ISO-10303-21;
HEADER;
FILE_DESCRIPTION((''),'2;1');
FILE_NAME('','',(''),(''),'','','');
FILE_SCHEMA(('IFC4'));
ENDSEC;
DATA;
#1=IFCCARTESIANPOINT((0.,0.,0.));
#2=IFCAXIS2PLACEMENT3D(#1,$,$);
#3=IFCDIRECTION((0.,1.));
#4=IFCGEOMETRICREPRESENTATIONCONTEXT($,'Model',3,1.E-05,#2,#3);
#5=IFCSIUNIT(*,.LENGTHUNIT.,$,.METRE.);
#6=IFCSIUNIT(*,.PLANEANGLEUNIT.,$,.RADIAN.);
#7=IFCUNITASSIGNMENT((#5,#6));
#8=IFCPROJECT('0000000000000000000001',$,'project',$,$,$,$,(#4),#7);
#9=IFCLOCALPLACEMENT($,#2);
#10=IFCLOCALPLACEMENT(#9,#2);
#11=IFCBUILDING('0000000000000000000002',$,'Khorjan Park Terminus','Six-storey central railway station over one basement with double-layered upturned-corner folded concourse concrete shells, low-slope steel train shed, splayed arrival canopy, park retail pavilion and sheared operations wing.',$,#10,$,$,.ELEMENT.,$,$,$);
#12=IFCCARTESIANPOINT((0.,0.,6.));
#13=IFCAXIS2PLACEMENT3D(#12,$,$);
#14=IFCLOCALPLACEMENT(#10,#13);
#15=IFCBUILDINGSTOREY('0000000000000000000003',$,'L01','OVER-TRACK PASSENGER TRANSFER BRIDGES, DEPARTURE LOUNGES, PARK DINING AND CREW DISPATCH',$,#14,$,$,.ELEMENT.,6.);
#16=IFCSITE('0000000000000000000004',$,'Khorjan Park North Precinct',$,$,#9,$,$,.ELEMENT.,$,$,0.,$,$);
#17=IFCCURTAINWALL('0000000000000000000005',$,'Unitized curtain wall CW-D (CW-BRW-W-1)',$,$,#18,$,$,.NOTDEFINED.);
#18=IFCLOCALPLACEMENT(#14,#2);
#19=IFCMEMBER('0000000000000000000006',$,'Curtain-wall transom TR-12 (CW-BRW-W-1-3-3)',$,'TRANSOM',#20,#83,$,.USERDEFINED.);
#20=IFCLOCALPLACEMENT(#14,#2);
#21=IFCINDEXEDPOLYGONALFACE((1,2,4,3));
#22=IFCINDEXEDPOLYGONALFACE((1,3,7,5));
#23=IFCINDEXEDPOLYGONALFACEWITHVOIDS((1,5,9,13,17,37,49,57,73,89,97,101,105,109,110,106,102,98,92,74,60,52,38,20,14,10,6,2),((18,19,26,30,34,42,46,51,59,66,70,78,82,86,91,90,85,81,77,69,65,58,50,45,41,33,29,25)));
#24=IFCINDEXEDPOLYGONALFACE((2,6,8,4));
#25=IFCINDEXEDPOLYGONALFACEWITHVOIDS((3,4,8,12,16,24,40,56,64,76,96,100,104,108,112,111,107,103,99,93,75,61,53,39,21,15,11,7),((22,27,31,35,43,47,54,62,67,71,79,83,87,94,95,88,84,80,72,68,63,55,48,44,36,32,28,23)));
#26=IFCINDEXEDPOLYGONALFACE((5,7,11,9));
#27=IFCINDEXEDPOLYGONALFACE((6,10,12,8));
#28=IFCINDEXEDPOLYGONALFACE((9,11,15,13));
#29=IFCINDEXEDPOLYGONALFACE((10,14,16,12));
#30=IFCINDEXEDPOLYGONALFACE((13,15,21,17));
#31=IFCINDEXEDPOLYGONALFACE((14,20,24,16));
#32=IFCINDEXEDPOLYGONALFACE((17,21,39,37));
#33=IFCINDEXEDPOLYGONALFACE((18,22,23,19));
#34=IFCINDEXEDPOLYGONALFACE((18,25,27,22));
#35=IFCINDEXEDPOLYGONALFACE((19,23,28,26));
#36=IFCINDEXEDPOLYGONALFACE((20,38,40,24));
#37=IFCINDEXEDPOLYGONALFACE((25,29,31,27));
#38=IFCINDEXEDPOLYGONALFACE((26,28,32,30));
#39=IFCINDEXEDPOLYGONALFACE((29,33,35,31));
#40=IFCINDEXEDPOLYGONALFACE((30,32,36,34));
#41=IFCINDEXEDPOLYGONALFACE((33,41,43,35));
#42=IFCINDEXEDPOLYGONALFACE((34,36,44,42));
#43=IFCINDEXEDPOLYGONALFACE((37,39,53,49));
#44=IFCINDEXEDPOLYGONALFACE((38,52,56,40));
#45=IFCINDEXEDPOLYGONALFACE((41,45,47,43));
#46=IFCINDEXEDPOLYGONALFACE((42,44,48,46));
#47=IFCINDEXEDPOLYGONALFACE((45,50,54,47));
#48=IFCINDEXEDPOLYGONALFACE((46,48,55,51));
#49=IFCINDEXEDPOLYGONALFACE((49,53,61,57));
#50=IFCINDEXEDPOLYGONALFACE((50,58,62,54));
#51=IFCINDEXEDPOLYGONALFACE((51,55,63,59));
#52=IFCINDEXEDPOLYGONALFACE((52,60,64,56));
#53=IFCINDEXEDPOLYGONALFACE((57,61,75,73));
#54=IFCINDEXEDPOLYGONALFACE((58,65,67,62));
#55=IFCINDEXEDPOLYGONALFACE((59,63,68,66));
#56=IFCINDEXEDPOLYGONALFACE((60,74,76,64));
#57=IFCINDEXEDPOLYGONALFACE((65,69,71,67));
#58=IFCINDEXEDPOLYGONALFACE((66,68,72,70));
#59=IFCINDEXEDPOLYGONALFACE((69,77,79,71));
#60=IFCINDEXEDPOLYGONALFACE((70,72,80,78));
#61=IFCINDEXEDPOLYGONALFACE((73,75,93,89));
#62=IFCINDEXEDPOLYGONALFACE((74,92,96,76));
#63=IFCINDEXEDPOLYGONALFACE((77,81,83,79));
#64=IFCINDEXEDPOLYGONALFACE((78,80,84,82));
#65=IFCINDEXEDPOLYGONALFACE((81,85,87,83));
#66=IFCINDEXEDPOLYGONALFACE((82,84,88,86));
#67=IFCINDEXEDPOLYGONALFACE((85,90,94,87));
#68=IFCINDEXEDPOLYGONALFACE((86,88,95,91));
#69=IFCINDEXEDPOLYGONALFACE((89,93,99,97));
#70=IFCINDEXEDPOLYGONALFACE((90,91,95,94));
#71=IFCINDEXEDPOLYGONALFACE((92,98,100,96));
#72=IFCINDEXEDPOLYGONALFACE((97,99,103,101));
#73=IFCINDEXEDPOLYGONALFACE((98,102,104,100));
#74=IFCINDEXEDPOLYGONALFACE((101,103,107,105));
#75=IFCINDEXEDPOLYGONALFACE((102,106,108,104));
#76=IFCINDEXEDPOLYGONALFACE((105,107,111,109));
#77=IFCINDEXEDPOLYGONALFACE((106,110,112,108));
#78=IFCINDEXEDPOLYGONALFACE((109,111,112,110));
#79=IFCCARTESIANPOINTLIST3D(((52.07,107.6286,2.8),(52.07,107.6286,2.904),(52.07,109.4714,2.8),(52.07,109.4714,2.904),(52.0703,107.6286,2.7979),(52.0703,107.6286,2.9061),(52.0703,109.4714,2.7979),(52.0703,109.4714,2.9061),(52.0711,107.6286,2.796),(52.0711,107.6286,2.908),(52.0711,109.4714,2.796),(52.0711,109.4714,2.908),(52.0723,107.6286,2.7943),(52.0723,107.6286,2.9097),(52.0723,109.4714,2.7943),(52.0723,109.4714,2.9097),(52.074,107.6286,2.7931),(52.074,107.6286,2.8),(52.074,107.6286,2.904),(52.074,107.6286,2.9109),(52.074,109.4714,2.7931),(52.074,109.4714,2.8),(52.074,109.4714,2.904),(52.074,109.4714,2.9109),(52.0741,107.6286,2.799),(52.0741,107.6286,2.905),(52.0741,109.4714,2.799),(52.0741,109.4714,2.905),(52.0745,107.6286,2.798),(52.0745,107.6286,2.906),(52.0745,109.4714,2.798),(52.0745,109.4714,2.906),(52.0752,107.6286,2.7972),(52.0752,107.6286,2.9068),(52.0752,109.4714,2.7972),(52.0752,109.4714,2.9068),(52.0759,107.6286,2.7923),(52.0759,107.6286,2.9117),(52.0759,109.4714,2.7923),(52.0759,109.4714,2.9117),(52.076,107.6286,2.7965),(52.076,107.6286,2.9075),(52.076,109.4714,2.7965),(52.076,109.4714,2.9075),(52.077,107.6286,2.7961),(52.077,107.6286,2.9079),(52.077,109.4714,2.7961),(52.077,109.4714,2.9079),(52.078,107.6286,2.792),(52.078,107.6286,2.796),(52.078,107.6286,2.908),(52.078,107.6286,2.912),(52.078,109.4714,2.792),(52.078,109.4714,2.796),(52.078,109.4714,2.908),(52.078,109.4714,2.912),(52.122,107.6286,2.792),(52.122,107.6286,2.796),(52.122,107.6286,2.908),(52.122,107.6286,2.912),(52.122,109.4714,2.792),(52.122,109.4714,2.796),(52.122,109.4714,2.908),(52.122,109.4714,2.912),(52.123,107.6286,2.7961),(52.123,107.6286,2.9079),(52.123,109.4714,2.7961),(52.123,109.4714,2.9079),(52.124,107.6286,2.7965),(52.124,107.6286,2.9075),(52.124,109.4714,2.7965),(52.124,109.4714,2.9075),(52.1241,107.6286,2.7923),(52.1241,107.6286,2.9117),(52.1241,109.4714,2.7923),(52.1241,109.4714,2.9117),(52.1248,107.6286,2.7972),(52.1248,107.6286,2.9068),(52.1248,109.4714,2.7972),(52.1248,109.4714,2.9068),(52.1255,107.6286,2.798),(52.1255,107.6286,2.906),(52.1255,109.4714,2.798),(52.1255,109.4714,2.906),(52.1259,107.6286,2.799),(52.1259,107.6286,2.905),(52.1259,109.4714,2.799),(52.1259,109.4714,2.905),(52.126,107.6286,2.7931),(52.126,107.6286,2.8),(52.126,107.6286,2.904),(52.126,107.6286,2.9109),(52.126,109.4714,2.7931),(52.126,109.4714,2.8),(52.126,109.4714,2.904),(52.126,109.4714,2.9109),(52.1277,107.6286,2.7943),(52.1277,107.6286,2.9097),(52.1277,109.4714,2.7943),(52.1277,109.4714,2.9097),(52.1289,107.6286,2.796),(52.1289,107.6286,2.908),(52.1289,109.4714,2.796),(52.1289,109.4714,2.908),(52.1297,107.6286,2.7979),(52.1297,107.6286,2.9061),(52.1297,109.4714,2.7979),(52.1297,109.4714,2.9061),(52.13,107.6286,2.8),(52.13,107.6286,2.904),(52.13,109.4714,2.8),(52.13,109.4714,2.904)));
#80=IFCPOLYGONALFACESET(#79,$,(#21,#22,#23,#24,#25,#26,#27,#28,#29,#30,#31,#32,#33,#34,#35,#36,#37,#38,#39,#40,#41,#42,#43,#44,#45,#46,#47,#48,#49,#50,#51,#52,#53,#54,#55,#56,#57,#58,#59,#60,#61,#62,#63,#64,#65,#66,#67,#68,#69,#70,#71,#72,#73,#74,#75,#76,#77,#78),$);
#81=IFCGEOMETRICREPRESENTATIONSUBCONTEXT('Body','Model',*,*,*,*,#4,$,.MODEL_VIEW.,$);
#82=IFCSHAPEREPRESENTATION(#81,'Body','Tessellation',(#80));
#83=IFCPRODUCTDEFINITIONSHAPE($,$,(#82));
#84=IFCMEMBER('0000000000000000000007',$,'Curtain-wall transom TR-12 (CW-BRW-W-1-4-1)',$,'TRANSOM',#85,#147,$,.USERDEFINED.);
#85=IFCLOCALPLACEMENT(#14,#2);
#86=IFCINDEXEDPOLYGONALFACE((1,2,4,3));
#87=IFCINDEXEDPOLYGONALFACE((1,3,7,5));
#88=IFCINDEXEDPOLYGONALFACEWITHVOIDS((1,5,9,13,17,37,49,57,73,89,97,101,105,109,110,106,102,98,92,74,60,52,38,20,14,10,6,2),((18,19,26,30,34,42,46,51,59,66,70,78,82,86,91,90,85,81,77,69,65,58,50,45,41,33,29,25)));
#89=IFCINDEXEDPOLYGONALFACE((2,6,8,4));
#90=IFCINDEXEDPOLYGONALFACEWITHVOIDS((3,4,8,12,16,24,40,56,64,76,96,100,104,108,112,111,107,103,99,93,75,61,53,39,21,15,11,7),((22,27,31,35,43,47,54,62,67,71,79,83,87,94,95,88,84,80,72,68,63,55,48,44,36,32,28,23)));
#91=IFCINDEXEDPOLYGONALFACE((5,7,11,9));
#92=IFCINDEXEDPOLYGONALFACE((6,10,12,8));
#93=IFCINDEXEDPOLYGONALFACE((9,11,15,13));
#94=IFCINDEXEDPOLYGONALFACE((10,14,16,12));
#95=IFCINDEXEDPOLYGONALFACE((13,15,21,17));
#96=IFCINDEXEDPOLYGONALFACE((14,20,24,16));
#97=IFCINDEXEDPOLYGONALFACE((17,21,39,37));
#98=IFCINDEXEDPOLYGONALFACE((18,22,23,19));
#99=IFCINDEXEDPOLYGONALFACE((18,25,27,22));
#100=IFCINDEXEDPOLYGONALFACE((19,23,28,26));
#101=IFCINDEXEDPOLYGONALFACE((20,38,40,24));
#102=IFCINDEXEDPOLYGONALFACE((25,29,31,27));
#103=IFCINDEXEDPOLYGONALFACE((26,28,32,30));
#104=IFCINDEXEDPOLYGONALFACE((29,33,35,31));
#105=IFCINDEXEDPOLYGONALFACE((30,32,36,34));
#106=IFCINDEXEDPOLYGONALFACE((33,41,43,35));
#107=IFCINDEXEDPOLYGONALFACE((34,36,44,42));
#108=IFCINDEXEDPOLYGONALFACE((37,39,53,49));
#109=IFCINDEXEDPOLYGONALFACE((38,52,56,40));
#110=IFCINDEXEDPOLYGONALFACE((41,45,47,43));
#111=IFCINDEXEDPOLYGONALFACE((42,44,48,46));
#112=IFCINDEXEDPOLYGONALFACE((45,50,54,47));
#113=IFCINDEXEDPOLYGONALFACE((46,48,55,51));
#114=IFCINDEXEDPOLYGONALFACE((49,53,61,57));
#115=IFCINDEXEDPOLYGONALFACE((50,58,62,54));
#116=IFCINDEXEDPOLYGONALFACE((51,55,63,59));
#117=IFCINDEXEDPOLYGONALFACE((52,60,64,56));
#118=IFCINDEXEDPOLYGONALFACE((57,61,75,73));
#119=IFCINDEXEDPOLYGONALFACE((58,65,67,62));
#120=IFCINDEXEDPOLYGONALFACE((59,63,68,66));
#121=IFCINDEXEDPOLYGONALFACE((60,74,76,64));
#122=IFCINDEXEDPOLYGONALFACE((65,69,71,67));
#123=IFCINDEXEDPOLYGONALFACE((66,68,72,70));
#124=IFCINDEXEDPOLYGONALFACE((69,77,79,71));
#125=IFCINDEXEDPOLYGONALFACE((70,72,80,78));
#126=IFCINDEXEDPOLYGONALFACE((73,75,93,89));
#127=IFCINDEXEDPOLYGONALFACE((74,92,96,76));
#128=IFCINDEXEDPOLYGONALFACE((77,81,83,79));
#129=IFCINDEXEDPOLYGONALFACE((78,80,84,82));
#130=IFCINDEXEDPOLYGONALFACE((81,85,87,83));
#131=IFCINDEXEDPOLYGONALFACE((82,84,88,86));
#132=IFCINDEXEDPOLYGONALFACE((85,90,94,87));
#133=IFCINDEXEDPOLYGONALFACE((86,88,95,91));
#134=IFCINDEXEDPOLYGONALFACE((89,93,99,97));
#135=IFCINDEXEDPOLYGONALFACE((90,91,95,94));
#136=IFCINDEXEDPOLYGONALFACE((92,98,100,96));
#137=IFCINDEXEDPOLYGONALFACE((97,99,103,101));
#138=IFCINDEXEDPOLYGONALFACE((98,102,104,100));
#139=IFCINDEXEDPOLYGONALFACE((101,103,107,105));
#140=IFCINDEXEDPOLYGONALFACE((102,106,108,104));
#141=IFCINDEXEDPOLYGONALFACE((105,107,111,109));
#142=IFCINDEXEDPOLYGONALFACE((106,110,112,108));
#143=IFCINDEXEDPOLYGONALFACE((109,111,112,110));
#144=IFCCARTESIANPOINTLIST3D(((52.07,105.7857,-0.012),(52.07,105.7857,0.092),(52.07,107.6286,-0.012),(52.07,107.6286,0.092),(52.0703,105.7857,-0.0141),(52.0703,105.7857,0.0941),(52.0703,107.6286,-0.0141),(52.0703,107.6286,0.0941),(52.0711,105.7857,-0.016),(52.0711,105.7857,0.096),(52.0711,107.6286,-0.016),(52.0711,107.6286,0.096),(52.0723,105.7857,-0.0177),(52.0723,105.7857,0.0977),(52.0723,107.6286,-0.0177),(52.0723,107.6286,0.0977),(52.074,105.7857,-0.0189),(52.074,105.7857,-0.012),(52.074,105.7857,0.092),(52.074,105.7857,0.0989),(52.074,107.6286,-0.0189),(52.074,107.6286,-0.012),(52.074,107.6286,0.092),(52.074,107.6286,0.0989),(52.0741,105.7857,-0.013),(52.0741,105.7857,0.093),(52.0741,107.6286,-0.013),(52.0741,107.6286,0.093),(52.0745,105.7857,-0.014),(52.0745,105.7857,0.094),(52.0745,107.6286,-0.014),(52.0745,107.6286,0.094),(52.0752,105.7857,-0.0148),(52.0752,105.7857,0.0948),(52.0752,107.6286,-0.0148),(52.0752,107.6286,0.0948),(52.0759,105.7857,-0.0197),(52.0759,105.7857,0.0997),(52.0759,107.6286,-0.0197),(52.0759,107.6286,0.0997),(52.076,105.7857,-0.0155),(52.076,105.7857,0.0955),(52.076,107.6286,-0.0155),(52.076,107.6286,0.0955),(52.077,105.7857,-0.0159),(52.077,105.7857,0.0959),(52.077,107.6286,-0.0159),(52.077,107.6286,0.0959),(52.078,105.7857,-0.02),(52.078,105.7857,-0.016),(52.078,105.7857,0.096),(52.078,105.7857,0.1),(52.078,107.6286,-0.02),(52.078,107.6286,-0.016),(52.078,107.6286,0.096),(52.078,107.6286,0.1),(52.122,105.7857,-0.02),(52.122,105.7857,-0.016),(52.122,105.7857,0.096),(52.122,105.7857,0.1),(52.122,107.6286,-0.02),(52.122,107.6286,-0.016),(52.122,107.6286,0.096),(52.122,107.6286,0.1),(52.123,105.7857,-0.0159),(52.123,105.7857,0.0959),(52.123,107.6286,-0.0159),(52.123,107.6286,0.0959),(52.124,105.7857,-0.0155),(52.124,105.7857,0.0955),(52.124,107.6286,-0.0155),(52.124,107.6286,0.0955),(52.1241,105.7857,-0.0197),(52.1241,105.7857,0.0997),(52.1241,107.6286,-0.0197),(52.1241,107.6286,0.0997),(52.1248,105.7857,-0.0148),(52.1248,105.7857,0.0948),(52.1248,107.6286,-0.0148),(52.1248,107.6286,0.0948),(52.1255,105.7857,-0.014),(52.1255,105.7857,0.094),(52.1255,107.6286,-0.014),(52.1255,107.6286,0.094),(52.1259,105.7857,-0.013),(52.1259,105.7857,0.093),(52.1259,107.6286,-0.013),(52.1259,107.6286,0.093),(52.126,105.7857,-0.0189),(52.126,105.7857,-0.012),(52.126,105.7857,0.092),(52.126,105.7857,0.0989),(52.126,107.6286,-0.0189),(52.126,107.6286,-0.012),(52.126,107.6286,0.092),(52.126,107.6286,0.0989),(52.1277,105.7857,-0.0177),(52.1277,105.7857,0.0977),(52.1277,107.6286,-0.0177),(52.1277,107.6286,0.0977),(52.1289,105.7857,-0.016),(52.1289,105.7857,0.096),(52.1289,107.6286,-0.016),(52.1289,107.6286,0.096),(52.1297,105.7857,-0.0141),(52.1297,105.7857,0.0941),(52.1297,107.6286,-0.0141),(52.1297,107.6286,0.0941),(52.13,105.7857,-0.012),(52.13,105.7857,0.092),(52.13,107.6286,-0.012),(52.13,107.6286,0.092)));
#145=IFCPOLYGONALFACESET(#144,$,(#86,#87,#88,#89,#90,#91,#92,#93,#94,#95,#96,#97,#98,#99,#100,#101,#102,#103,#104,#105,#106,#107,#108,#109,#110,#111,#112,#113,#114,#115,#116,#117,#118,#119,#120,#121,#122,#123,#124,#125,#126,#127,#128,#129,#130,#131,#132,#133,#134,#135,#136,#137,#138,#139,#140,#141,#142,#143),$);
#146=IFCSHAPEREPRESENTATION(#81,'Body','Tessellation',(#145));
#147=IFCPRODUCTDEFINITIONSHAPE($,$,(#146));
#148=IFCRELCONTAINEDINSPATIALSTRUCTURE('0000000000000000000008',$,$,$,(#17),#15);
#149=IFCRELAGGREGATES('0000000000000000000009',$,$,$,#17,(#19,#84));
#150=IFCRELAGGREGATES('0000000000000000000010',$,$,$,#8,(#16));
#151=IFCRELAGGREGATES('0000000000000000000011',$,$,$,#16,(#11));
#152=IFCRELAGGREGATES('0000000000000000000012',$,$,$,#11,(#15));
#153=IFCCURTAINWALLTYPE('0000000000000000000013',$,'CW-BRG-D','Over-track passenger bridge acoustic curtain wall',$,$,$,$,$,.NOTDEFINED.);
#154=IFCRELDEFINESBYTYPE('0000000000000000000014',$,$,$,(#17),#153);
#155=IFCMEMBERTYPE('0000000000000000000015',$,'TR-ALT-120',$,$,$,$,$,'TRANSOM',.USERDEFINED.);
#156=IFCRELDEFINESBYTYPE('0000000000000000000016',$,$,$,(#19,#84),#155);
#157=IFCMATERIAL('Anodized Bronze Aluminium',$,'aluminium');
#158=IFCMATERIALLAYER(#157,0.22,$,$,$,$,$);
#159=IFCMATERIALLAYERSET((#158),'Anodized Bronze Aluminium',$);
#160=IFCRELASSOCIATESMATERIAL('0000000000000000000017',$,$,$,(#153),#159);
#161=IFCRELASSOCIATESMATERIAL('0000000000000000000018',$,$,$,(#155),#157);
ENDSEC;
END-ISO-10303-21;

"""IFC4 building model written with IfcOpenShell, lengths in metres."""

from ifc_helpers import new_model, si_unit, direction, frame, origin, origin_2d, place, context, subcontext, project, spatial, hollow_rectangle, extrude, material, layer, layer_set, material_profile, profile_set, type_object, element, aggregate, save


model = new_model("IFC4")

# Units and contexts
model_context = context("Model", 3, precision=1e-05, world=origin(), true_north=direction((0.0, 1.0)))
body_context = subcontext(model_context, "Body", "Model", "MODEL_VIEW")
ifc_project = project(units=[si_unit("LENGTHUNIT", "METRE"), si_unit("PLANEANGLEUNIT", "RADIAN")], contexts=[model_context])

# Site, building, storey
site_placement = place(None, origin())
site = spatial("IfcSite", under=ifc_project, at=site_placement, Name="Khorjan Park North Precinct", CompositionType="ELEMENT", RefElevation=0.0)
building_placement = place(site_placement, origin())
building = spatial("IfcBuilding", under=site, at=building_placement, Name="Khorjan Park Terminus", Description="Six-storey central railway station over one basement with double-layered upturned-corner folded concourse concrete shells, low-slope steel train shed, splayed arrival canopy, park retail pavilion and sheared operations wing.", CompositionType="ELEMENT")
storey_placement = place(building_placement, frame((0.0, 0.0, 6.0)))
storey = spatial("IfcBuildingStorey", under=building, at=storey_placement, Name="L01", Description="OVER-TRACK PASSENGER TRANSFER BRIDGES, DEPARTURE LOUNGES, PARK DINING AND CREW DISPATCH", CompositionType="ELEMENT", Elevation=6.0)

# Curtain wall, members
ifc_material_1 = material(Name="Anodized Bronze Aluminium", Category="aluminium")
ifc_layer_1 = layer(ifc_material_1, 0.22)
ifc_layer_set_1 = layer_set([ifc_layer_1], Name="Anodized Bronze Aluminium")
curtain_wall_type = type_object("IfcCurtainWallType", Name="CW-BRG-D", Description="Over-track passenger bridge acoustic curtain wall", PredefinedType="NOTDEFINED", material=ifc_layer_set_1)
curtain_wall_placement = place(storey_placement, origin())
curtain_wall = element("IfcCurtainWall", 1, at=curtain_wall_placement, inside=storey, type_object=curtain_wall_type, Name="Unitized curtain wall CW-D (CW-BRW-W-1)", PredefinedType="NOTDEFINED")
ifc_material_profile_1 = material_profile(ifc_material_1, hollow_rectangle(XDim=0.06, YDim=0.12, WallThickness=0.004, InnerFilletRadius=0.004, OuterFilletRadius=0.008, at=origin_2d()), Name="ALT 60x120x4")
ifc_profile_set_1 = profile_set([ifc_material_profile_1], Name="Anodized Bronze Aluminium")
member_type_1 = type_object("IfcMemberType", Name="TR-ALT-120", ElementType="TRANSOM", PredefinedType="USERDEFINED", material=ifc_profile_set_1)
member_1_placement = place(storey_placement, frame((52.1, 109.4714, 2.852), z_axis=(0.0, -1.0, 0.0), x_axis=(1.0, 0.0, 0.0)))
member_1 = element("IfcMember", 2, at=member_1_placement, type_object=member_type_1, Name="Curtain-wall transom TR-12 (CW-BRW-W-1-3-3)", ObjectType="TRANSOM", PredefinedType="USERDEFINED", context=body_context, shape_type="SweptSolid", body=[
    extrude(hollow_rectangle(XDim=0.06, YDim=0.12, WallThickness=0.004, InnerFilletRadius=0.004, OuterFilletRadius=0.008, at=origin_2d()), origin(), (0.0, 0.0, 1.0), 1.8428),
])
member_2_placement = place(storey_placement, frame((52.1, 107.6286, 0.04), z_axis=(0.0, -1.0, 0.0), x_axis=(1.0, 0.0, 0.0)))
member_2 = element("IfcMember", 3, at=member_2_placement, type_object=member_type_1, Name="Curtain-wall transom TR-12 (CW-BRW-W-1-4-1)", ObjectType="TRANSOM", PredefinedType="USERDEFINED", context=body_context, shape_type="SweptSolid", body=[
    extrude(hollow_rectangle(XDim=0.06, YDim=0.12, WallThickness=0.004, InnerFilletRadius=0.004, OuterFilletRadius=0.008, at=origin_2d()), origin(), (0.0, 0.0, 1.0), 1.8429),
])
aggregate(curtain_wall, [member_1, member_2])

save(model, "model.ifc")
